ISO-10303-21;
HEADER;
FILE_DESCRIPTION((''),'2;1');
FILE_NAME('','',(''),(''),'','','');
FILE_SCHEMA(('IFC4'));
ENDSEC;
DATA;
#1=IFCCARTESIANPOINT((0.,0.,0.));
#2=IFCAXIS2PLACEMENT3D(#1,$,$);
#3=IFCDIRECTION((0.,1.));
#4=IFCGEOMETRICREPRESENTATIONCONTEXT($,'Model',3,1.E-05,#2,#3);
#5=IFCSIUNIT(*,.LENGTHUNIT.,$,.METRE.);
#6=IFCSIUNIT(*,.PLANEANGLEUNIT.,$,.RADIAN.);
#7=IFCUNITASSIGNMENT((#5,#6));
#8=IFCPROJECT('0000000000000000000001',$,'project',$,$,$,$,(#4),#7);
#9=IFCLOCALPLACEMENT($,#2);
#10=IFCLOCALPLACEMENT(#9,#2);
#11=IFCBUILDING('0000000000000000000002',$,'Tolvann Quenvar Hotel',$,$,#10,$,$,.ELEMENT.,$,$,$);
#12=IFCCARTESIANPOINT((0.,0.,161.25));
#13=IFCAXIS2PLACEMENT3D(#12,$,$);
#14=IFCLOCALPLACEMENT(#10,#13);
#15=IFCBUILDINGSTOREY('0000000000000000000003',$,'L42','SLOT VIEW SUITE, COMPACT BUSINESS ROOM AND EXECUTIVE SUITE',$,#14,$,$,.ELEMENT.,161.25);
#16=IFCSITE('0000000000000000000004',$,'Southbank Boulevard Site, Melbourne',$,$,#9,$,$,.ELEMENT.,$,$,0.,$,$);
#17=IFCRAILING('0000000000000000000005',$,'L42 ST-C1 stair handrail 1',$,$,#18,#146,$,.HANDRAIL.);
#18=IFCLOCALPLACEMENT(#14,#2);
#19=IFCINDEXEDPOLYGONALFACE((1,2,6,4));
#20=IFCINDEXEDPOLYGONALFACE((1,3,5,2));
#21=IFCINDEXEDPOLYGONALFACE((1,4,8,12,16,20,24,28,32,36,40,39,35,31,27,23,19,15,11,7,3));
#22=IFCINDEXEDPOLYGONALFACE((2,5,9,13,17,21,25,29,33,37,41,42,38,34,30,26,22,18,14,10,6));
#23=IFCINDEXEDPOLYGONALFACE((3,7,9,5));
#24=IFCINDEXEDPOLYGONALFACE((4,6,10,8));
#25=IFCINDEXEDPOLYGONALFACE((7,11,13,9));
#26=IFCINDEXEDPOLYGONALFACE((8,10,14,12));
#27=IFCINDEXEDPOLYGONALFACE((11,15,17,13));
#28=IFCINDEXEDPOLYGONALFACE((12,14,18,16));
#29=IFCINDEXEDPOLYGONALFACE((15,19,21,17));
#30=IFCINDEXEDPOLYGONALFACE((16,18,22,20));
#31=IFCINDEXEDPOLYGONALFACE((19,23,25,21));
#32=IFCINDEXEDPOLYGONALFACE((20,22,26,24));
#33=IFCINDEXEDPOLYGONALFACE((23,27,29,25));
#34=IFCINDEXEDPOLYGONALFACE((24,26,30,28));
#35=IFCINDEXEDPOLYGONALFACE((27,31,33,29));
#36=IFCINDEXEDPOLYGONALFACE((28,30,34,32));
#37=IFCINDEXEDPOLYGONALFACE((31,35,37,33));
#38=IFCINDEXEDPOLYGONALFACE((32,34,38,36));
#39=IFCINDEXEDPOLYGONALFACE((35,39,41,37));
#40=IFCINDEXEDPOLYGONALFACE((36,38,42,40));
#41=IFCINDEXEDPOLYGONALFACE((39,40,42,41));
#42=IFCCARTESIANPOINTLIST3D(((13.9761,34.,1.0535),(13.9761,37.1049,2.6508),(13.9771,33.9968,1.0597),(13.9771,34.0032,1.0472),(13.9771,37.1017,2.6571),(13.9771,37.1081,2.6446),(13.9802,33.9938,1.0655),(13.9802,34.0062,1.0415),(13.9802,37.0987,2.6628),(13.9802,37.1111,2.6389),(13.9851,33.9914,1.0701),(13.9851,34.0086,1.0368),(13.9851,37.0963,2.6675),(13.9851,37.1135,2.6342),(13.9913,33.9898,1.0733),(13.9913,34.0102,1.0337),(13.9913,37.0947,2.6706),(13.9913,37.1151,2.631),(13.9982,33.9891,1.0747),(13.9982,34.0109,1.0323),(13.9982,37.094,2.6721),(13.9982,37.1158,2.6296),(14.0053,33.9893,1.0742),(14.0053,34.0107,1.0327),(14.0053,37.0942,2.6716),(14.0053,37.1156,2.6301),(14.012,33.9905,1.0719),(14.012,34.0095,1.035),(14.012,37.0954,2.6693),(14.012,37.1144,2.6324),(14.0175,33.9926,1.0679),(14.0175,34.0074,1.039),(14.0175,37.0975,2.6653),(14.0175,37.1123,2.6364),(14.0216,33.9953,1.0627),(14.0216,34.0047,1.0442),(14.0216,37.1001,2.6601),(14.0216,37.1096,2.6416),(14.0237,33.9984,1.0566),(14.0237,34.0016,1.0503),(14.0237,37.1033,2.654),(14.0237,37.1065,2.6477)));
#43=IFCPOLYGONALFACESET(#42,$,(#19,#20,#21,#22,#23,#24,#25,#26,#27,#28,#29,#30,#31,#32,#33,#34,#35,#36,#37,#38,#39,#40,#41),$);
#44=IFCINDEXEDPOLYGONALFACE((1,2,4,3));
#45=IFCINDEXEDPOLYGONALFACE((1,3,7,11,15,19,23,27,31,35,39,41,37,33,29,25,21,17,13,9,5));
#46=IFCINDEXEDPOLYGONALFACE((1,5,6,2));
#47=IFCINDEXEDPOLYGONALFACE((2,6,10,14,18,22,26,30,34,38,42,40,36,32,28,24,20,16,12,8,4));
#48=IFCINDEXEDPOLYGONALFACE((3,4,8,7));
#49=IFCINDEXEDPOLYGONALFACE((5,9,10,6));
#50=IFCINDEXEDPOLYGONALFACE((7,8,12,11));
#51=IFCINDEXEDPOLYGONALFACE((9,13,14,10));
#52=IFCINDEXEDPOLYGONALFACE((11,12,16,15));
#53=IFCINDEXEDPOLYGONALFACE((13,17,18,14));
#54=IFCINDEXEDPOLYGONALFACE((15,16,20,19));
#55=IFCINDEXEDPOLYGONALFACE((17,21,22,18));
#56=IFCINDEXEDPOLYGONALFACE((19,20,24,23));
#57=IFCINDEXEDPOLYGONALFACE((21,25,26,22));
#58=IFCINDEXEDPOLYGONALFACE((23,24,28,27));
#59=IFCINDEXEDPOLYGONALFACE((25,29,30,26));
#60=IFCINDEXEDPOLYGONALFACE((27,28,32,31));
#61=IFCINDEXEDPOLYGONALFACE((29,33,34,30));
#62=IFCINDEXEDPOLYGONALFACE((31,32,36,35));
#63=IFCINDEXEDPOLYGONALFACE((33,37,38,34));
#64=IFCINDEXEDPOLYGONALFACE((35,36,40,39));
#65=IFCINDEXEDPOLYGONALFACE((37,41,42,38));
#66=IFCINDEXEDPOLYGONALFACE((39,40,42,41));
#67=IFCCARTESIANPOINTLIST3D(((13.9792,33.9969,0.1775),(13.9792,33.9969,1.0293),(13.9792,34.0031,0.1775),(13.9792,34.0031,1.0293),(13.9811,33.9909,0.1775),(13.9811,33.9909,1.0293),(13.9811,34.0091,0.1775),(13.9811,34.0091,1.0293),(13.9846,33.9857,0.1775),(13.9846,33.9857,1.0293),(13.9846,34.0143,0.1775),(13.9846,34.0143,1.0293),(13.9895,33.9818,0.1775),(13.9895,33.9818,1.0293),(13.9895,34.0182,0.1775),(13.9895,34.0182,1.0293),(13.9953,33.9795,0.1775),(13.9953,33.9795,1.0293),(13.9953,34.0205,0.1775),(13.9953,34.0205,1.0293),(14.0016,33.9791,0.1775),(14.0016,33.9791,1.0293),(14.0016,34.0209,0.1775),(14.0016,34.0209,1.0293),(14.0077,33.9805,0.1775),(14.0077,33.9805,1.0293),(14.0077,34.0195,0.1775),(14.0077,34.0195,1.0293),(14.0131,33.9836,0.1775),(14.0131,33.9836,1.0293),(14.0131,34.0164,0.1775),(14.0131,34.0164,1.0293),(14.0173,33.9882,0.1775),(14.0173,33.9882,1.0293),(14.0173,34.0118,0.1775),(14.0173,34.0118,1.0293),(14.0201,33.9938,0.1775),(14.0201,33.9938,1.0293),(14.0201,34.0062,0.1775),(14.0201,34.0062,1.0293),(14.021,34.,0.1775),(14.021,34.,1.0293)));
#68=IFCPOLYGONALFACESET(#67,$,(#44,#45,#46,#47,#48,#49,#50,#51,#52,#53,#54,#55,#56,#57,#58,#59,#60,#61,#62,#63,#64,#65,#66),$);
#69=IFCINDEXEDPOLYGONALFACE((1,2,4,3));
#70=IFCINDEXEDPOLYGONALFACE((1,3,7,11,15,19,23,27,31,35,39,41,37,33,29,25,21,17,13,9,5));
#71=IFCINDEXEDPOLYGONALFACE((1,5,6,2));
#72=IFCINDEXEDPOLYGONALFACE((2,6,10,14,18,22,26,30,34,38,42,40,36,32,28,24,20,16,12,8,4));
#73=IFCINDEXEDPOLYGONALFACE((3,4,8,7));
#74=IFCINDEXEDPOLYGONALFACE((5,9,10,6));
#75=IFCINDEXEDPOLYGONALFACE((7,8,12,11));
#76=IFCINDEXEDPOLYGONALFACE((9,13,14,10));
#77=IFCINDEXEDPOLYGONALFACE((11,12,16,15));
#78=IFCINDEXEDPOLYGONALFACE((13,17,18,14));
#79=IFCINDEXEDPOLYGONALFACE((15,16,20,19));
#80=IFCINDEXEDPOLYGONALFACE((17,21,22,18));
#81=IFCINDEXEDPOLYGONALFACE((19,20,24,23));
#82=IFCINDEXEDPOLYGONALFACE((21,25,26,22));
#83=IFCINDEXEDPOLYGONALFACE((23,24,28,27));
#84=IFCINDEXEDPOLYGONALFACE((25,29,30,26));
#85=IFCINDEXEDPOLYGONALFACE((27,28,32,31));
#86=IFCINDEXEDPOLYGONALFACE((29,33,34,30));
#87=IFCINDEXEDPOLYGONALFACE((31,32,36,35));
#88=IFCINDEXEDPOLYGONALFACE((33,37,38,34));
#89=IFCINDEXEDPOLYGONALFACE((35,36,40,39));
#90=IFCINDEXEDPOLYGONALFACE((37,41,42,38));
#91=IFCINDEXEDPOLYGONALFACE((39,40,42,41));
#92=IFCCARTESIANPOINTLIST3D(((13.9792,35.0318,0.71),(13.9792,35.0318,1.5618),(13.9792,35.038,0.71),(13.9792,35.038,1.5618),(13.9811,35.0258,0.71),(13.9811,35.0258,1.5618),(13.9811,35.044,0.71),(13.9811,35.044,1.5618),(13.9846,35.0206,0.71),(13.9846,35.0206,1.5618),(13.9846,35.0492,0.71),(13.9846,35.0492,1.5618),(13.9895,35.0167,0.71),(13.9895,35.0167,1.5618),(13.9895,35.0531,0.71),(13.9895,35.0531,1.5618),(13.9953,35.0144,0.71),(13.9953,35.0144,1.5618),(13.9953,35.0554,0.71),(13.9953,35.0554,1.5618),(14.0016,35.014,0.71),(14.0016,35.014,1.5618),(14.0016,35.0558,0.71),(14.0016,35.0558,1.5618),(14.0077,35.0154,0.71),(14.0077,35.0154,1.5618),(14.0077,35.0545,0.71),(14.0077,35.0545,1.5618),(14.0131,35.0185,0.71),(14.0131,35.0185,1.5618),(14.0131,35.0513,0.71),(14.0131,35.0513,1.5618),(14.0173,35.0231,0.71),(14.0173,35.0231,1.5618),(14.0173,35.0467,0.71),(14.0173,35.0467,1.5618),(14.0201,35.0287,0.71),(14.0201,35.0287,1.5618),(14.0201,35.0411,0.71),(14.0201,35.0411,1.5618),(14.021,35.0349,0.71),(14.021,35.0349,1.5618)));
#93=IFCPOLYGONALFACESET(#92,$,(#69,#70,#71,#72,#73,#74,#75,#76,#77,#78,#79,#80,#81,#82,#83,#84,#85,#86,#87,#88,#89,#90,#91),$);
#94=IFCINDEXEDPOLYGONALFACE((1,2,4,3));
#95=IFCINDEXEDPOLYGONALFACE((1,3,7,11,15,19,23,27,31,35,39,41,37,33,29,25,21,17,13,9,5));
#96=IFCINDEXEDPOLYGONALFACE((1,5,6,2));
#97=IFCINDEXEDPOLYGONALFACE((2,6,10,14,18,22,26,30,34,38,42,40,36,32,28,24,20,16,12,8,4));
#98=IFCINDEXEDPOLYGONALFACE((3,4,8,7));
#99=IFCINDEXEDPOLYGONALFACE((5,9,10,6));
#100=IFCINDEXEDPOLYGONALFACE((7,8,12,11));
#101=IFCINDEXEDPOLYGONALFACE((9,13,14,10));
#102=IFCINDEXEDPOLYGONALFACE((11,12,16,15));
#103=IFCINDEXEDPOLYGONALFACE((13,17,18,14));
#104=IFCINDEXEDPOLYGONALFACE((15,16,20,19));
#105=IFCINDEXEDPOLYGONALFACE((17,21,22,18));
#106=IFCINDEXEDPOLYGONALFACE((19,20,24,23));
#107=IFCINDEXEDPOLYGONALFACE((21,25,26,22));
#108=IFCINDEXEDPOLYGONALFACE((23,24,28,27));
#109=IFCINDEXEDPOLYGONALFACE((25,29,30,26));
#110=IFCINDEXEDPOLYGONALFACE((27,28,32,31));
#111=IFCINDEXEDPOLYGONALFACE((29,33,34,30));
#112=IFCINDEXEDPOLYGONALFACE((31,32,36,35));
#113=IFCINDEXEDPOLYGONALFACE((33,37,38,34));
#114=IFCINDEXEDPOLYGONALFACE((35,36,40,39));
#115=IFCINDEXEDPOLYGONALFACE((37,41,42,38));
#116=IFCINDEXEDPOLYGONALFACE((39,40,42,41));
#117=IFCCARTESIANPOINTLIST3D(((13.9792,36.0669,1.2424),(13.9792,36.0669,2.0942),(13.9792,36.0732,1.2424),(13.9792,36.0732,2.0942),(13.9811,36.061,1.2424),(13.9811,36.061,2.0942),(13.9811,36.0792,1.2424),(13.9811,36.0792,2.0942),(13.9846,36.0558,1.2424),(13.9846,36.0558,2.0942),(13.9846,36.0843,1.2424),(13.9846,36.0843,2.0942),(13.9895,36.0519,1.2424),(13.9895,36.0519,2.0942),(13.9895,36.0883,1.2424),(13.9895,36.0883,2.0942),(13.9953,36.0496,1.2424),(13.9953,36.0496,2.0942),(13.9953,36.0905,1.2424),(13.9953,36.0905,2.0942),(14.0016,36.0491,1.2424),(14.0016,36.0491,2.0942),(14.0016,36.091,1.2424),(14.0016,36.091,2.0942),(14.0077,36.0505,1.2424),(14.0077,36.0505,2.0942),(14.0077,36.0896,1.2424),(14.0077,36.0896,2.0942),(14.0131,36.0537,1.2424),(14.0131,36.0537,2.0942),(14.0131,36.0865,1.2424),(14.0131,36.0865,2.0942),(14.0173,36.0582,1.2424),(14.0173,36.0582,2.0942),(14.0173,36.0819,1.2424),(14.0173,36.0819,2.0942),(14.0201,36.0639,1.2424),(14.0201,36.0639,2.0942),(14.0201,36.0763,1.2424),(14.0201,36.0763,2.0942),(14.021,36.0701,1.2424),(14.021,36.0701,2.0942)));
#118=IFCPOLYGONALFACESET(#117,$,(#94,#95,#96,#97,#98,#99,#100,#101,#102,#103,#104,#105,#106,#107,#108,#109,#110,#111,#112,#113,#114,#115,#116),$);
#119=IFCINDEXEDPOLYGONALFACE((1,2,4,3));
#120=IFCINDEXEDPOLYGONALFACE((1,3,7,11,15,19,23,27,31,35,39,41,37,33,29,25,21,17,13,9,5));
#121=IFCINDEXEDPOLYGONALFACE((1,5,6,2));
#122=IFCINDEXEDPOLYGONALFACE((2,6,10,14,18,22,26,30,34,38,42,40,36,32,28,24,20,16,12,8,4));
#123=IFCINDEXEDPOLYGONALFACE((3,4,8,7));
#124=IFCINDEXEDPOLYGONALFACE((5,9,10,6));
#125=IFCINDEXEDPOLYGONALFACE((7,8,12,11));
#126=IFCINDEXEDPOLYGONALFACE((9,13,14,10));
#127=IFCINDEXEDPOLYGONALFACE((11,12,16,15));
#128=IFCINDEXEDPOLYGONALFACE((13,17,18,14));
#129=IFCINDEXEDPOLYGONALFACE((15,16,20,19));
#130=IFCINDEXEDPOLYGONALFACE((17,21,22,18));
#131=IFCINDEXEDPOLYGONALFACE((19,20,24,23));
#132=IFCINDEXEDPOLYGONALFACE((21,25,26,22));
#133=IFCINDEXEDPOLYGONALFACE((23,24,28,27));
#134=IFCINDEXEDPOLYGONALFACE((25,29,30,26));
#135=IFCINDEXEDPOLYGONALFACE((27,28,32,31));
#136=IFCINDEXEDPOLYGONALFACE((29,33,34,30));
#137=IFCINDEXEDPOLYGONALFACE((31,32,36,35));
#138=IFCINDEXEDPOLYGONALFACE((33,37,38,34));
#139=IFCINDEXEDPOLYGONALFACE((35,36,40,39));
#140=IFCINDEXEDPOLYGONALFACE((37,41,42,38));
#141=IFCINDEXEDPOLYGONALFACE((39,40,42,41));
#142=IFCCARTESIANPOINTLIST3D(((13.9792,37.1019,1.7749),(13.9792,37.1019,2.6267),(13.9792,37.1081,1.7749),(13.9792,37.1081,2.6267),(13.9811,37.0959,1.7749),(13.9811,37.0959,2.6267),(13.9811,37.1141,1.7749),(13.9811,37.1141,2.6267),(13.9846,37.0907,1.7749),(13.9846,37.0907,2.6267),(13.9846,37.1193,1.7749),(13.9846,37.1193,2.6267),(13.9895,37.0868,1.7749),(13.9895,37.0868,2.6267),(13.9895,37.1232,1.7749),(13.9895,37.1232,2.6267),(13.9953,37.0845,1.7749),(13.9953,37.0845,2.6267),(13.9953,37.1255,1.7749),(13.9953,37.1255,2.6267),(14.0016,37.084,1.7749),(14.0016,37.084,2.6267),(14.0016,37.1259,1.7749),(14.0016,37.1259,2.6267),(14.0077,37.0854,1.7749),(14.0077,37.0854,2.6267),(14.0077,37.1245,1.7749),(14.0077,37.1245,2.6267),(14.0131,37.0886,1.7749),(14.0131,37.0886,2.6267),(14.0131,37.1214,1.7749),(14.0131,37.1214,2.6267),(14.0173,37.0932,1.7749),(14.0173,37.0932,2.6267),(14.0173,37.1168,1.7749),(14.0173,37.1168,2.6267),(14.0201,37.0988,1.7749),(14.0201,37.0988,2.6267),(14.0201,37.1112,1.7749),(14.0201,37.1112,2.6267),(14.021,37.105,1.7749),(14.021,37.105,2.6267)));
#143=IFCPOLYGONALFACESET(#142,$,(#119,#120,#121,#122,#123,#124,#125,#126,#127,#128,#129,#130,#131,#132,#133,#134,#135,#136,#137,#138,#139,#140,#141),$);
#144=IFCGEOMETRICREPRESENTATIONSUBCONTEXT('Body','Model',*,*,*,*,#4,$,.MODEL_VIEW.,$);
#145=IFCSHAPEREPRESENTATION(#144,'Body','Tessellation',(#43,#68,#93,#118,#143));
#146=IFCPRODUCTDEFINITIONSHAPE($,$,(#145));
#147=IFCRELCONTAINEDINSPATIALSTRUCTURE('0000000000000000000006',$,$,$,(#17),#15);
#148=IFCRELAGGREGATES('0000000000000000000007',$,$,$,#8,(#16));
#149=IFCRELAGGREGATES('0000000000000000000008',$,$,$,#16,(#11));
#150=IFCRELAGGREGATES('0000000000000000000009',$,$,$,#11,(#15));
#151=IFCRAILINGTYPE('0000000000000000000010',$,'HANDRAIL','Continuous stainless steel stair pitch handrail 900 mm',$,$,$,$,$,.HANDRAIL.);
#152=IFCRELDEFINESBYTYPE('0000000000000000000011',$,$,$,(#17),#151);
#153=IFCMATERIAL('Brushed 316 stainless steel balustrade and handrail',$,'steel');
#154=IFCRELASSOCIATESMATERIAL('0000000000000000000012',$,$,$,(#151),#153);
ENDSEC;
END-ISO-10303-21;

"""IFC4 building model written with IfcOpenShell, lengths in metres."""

from ifc_helpers import new_model, si_unit, direction, frame, origin, origin_2d, place, context, subcontext, project, spatial, circle, extrude, material, type_object, element, save


model = new_model("IFC4")

# Units and contexts
model_context = context("Model", 3, precision=1e-05, world=origin(), true_north=direction((0.0, 1.0)))
body_context = subcontext(model_context, "Body", "Model", "MODEL_VIEW")
ifc_project = project(units=[si_unit("LENGTHUNIT", "METRE"), si_unit("PLANEANGLEUNIT", "RADIAN")], contexts=[model_context])

# Site, building, storey
site_placement = place(None, origin())
site = spatial("IfcSite", under=ifc_project, at=site_placement, Name="Southbank Boulevard Site, Melbourne", CompositionType="ELEMENT", RefElevation=0.0)
building_placement = place(site_placement, origin())
building = spatial("IfcBuilding", under=site, at=building_placement, Name="Tolvann Quenvar Hotel", CompositionType="ELEMENT")
storey_placement = place(building_placement, frame((0.0, 0.0, 161.25)))
storey = spatial("IfcBuildingStorey", under=building, at=storey_placement, Name="L42", Description="SLOT VIEW SUITE, COMPACT BUSINESS ROOM AND EXECUTIVE SUITE", CompositionType="ELEMENT", Elevation=161.25)

# Railing
ifc_material_1 = material(Name="Brushed 316 stainless steel balustrade and handrail", Category="steel")
railing_type_1 = type_object("IfcRailingType", Name="HANDRAIL", Description="Continuous stainless steel stair pitch handrail 900 mm", PredefinedType="HANDRAIL", material=ifc_material_1)
railing_1_placement = place(storey_placement, frame((14.0, 34.0, 0.1775)))
element("IfcRailing", 1, at=railing_1_placement, inside=storey, type_object=railing_type_1, Name="L42 ST-C1 stair handrail 1", PredefinedType="HANDRAIL", context=body_context, shape_type="SweptSolid", body=[
    extrude(circle(Radius=0.0239, at=origin_2d()), frame((0.0, 0.0, 0.876), z_axis=(0.0, 0.889222, 0.457476), x_axis=(-1.0, 0.0, 0.0)), (0.0, 0.0, 1.0), 3.4917),
    extrude(circle(Radius=0.021, at=origin_2d()), origin(), (0.0, 0.0, 1.0), 0.8518),
    extrude(circle(Radius=0.021, at=origin_2d()), frame((0.0, 1.0349, 0.5325)), (0.0, 0.0, 1.0), 0.8518),
    extrude(circle(Radius=0.021, at=origin_2d()), frame((0.0, 2.0701, 1.0649)), (0.0, 0.0, 1.0), 0.8518),
    extrude(circle(Radius=0.021, at=origin_2d()), frame((0.0, 3.105, 1.5974)), (0.0, 0.0, 1.0), 0.8518),
])

save(model, "model.ifc")
